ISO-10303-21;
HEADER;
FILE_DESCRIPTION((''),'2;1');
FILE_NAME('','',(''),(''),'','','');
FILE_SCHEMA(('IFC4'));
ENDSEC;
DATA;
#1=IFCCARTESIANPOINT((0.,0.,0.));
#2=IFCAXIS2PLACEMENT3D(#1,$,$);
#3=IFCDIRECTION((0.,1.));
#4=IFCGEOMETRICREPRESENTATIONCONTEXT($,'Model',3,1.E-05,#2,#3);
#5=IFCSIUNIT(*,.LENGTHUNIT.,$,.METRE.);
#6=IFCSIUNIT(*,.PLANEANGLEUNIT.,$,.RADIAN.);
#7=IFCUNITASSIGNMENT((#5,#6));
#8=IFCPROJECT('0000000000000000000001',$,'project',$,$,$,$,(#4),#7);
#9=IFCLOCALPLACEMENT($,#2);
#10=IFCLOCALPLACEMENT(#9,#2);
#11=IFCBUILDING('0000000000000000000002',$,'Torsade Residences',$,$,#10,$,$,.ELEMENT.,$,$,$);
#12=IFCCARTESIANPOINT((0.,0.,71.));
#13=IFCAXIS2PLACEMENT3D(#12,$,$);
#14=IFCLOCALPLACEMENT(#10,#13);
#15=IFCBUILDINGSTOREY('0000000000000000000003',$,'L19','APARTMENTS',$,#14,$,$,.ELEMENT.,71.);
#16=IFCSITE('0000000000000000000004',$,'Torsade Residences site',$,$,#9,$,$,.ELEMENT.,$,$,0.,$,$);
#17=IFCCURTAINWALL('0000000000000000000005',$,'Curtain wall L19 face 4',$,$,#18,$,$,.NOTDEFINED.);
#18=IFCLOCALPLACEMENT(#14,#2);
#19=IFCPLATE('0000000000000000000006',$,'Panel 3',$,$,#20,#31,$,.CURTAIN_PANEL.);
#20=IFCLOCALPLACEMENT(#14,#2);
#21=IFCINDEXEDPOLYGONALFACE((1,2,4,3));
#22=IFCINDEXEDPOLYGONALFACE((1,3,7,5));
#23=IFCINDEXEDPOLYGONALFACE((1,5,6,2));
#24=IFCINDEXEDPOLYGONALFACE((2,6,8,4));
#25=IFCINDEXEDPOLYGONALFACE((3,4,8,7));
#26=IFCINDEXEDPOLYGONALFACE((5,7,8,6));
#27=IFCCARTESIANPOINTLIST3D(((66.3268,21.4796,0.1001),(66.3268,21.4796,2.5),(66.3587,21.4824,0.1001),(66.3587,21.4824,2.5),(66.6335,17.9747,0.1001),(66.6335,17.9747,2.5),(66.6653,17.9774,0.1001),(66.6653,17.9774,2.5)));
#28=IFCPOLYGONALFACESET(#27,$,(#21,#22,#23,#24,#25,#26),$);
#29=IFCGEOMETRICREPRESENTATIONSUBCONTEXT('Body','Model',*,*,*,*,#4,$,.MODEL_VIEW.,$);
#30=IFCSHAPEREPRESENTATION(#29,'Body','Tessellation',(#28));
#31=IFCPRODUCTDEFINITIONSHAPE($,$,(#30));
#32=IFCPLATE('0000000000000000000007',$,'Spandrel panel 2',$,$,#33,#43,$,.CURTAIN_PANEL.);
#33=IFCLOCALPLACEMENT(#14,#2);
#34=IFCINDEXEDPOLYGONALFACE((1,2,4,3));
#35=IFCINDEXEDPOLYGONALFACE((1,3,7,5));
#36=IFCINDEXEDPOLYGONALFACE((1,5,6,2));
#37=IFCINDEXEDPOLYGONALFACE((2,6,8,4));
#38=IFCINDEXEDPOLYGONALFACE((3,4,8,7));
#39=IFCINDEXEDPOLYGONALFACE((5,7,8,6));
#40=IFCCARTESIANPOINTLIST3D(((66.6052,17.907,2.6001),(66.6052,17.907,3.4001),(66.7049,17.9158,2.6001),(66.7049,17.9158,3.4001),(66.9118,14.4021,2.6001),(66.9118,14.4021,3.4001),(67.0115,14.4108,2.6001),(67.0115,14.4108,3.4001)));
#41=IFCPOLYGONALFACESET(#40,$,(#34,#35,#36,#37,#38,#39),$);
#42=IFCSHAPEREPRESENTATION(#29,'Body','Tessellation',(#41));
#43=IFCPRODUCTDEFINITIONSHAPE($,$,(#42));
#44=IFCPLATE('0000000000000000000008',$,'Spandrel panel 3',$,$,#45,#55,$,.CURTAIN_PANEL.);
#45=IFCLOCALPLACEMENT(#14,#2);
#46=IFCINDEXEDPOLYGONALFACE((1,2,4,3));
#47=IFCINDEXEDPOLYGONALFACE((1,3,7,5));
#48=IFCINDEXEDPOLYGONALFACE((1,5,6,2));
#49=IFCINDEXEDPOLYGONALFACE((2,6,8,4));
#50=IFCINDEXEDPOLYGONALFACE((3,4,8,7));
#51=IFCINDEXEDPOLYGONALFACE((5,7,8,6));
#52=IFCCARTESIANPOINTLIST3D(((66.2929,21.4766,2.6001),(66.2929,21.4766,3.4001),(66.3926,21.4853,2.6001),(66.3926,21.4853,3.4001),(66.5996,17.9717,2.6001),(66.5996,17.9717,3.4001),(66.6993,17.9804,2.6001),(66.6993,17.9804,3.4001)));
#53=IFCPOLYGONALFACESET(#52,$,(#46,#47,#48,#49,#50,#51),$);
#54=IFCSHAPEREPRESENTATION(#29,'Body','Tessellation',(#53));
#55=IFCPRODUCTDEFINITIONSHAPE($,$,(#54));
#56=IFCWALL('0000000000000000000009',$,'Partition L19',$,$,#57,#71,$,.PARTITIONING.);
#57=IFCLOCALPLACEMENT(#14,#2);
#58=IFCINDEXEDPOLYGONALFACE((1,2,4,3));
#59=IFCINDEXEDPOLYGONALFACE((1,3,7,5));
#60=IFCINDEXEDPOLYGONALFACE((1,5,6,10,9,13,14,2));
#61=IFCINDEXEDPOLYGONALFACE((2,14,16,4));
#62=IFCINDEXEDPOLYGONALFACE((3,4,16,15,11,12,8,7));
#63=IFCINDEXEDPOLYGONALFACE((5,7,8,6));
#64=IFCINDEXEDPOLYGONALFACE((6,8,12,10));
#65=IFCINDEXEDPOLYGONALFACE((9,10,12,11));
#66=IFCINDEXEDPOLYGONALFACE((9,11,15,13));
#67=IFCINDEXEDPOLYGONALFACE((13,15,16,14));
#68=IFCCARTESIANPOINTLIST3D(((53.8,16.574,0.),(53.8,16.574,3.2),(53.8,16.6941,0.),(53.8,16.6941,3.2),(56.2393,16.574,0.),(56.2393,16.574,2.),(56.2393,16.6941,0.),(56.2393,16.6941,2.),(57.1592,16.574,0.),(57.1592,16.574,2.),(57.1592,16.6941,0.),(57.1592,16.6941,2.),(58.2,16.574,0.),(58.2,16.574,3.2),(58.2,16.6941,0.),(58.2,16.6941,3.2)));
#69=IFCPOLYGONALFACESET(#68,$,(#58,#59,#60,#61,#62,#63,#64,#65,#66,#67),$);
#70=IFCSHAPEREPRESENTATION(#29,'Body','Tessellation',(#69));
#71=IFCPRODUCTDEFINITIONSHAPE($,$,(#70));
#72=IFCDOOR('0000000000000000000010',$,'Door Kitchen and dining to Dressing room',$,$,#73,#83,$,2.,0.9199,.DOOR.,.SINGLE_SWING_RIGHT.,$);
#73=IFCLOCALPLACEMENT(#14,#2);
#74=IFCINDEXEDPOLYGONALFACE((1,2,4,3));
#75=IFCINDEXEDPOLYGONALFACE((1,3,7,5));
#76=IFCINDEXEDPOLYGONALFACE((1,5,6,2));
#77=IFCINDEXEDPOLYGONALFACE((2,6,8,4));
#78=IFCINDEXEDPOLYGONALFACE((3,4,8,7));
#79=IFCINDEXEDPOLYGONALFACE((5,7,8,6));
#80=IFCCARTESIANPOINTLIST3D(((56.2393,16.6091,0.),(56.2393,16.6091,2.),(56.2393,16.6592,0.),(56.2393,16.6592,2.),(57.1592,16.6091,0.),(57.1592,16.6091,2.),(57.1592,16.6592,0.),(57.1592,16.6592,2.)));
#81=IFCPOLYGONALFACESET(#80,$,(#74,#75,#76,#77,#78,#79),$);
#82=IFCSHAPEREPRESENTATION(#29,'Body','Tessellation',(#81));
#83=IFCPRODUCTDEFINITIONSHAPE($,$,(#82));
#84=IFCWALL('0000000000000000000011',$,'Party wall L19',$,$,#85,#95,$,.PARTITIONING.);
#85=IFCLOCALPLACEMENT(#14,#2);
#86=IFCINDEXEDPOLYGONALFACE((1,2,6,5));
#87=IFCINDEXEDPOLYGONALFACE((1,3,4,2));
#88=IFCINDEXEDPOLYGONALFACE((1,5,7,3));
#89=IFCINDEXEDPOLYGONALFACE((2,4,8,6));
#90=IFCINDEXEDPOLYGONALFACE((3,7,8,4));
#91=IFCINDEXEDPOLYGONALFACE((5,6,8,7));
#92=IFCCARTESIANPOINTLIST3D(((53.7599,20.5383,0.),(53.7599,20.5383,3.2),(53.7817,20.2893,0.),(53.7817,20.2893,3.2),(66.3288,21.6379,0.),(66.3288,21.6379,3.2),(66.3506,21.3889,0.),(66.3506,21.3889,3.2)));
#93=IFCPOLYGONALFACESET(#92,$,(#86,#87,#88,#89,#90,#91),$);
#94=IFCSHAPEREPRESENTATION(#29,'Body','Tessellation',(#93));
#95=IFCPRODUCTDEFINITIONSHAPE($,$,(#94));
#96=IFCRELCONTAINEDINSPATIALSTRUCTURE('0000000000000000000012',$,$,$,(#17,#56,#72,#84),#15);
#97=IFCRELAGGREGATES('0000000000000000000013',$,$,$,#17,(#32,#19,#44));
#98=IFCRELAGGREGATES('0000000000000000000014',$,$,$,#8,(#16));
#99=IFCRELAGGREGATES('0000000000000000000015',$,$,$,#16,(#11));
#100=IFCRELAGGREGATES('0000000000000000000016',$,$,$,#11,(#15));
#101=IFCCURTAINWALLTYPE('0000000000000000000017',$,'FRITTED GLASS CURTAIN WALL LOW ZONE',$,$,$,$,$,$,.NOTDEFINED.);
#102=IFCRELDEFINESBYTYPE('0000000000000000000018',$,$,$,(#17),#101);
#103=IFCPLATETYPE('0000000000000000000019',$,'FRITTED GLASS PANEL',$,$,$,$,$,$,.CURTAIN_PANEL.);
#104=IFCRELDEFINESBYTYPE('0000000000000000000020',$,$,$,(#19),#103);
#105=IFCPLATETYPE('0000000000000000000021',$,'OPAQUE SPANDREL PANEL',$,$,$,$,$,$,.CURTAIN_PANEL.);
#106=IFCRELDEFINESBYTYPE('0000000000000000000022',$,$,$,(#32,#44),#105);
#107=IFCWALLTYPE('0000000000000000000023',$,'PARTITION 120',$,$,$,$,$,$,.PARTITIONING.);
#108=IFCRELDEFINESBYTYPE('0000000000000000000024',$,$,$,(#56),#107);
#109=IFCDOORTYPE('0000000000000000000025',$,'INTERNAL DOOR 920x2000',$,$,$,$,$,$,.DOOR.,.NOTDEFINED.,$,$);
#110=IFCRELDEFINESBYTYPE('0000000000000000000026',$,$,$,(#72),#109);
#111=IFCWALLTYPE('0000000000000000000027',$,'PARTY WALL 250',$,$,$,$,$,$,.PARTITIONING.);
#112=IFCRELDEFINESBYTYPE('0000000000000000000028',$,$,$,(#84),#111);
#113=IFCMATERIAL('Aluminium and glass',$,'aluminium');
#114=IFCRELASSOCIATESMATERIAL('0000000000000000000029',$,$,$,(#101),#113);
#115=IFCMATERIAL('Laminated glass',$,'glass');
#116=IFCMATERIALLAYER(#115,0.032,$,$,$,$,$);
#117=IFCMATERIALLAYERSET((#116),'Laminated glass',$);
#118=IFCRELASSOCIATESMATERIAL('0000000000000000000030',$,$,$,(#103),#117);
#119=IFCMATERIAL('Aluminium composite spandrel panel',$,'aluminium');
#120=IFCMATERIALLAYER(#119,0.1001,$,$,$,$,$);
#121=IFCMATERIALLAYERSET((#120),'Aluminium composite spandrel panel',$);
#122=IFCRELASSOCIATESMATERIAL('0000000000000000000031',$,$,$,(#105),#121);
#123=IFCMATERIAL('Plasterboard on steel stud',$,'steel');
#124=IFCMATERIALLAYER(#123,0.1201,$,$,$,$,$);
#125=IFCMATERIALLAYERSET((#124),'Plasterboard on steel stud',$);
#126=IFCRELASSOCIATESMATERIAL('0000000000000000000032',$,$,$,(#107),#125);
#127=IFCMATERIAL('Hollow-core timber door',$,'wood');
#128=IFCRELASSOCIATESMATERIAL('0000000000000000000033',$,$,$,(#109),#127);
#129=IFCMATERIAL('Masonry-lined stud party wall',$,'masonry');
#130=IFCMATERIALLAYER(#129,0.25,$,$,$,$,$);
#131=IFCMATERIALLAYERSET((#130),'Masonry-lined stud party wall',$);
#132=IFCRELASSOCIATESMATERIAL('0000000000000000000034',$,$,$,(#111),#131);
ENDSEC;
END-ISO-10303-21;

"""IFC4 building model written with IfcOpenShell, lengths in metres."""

from ifc_helpers import new_model, si_unit, direction, frame, frame_2d, origin, origin_2d, place, context, subcontext, project, spatial, rectangle, extrude, material, layer, layer_set, type_object, element, fill, aggregate, save


model = new_model("IFC4")

# Units and contexts
model_context = context("Model", 3, precision=1e-05, world=origin(), true_north=direction((0.0, 1.0)))
body_context = subcontext(model_context, "Body", "Model", "MODEL_VIEW")
ifc_project = project(units=[si_unit("LENGTHUNIT", "METRE"), si_unit("PLANEANGLEUNIT", "RADIAN")], contexts=[model_context])

# Site, building, storey
site_placement = place(None, origin())
site = spatial("IfcSite", under=ifc_project, at=site_placement, Name="Torsade Residences site", CompositionType="ELEMENT", RefElevation=0.0)
building_placement = place(site_placement, origin())
building = spatial("IfcBuilding", under=site, at=building_placement, Name="Torsade Residences", CompositionType="ELEMENT")
storey_placement = place(building_placement, frame((0.0, 0.0, 71.0)))
storey = spatial("IfcBuildingStorey", under=building, at=storey_placement, Name="L19", Description="APARTMENTS", CompositionType="ELEMENT", Elevation=71.0)

# Curtain wall
ifc_material_1 = material(Name="Aluminium and glass", Category="aluminium")
curtain_wall_type = type_object("IfcCurtainWallType", Name="FRITTED GLASS CURTAIN WALL LOW ZONE", PredefinedType="NOTDEFINED", material=ifc_material_1)
curtain_wall_placement = place(storey_placement, origin())
curtain_wall = element("IfcCurtainWall", 1, at=curtain_wall_placement, inside=storey, type_object=curtain_wall_type, Name="Curtain wall L19 face 4", PredefinedType="NOTDEFINED")

# Plates
ifc_material_2 = material(Name="Laminated glass", Category="glass")
ifc_layer_1 = layer(ifc_material_2, 0.032)
ifc_layer_set_1 = layer_set([ifc_layer_1], Name="Laminated glass")
plate_type_1 = type_object("IfcPlateType", Name="FRITTED GLASS PANEL", PredefinedType="CURTAIN_PANEL", material=ifc_layer_set_1)
plate_1_placement = place(storey_placement, frame((66.4961, 19.7285, 0.1001), z_axis=(0.0, 0.0, 1.0), x_axis=(-0.087156, 0.996195, 0.0)))
plate_1 = element("IfcPlate", 2, at=plate_1_placement, type_object=plate_type_1, Name="Panel 3", PredefinedType="CURTAIN_PANEL", context=body_context, shape_type="SweptSolid", body=[
    extrude(rectangle(XDim=3.5183, YDim=0.032, at=origin_2d()), origin(), (0.0, 0.0, 1.0), 2.3999),
])
ifc_material_3 = material(Name="Aluminium composite spandrel panel", Category="aluminium")
ifc_layer_2 = layer(ifc_material_3, 0.1001)
ifc_layer_set_2 = layer_set([ifc_layer_2], Name="Aluminium composite spandrel panel")
plate_type_2 = type_object("IfcPlateType", Name="OPAQUE SPANDREL PANEL", PredefinedType="CURTAIN_PANEL", material=ifc_layer_set_2)
plate_2_placement = place(storey_placement, frame((66.8083, 16.1589, 2.6001), z_axis=(0.0, 0.0, 1.0), x_axis=(-0.087156, 0.996195, 0.0)))
plate_2 = element("IfcPlate", 3, at=plate_2_placement, type_object=plate_type_2, Name="Spandrel panel 2", PredefinedType="CURTAIN_PANEL", context=body_context, shape_type="SweptSolid", body=[
    extrude(rectangle(XDim=3.5183, YDim=0.1001, at=origin_2d()), origin(), (0.0, 0.0, 1.0), 0.8),
])
plate_3_placement = place(storey_placement, frame((66.4961, 19.7285, 2.6001), z_axis=(0.0, 0.0, 1.0), x_axis=(-0.087156, 0.996195, 0.0)))
plate_3 = element("IfcPlate", 4, at=plate_3_placement, type_object=plate_type_2, Name="Spandrel panel 3", PredefinedType="CURTAIN_PANEL", context=body_context, shape_type="SweptSolid", body=[
    extrude(rectangle(XDim=3.5183, YDim=0.1001, at=origin_2d()), origin(), (0.0, 0.0, 1.0), 0.8),
])
aggregate(curtain_wall, [plate_2, plate_1, plate_3])

# Wall, opening, door
ifc_material_4 = material(Name="Plasterboard on steel stud", Category="steel")
ifc_layer_3 = layer(ifc_material_4, 0.1201)
ifc_layer_set_3 = layer_set([ifc_layer_3], Name="Plasterboard on steel stud")
wall_type_1 = type_object("IfcWallType", Name="PARTITION 120", PredefinedType="PARTITIONING", material=ifc_layer_set_3)
wall_1_placement = place(storey_placement, frame((58.2, 16.634, 0.0), z_axis=(0.0, 0.0, 1.0), x_axis=(-1.0, 0.0, 0.0)))
wall_1 = element("IfcWall", 5, at=wall_1_placement, inside=storey, type_object=wall_type_1, Name="Partition L19", PredefinedType="PARTITIONING", context=body_context, shape_type="SweptSolid", body=[
    extrude(rectangle(XDim=4.3999, YDim=0.1201, at=frame_2d((2.2, 0.0))), origin(), (0.0, 0.0, 1.0), 3.2),
])
opening_placement = place(wall_1_placement, frame((1.0408, 0.0, 0.0)))
opening = element("IfcOpeningElement", 6, at=opening_placement, cuts=wall_1, PredefinedType="OPENING", context=body_context, shape_type="SweptSolid", body=[
    extrude(rectangle(XDim=0.9199, YDim=2.0, at=frame_2d((0.46, 1.0))), frame((0.0, 0.0701, 0.0), z_axis=(0.0, -1.0, 0.0), x_axis=(1.0, 0.0, 0.0)), (0.0, 0.0, 1.0), 0.1401),
])
ifc_material_5 = material(Name="Hollow-core timber door", Category="wood")
door_type = type_object("IfcDoorType", Name="INTERNAL DOOR 920x2000", OperationType="NOTDEFINED", PredefinedType="DOOR", material=ifc_material_5)
door_placement = place(opening_placement, origin())
door = element("IfcDoor", 7, at=door_placement, inside=storey, type_object=door_type, Name="Door Kitchen and dining to Dressing room", OperationType="SINGLE_SWING_RIGHT", OverallHeight=2.0, OverallWidth=0.9199, PredefinedType="DOOR", context=body_context, shape_type="SweptSolid", body=[
    extrude(rectangle(XDim=0.9199, YDim=2.0, at=frame_2d((0.46, 1.0))), frame((0.0, 0.0249, 0.0), z_axis=(0.0, -1.0, 0.0), x_axis=(1.0, 0.0, 0.0)), (0.0, 0.0, 1.0), 0.05),
])
fill(opening, door)

# Wall
ifc_material_6 = material(Name="Masonry-lined stud party wall", Category="masonry")
ifc_layer_4 = layer(ifc_material_6, 0.25)
ifc_layer_set_4 = layer_set([ifc_layer_4], Name="Masonry-lined stud party wall")
wall_type_2 = type_object("IfcWallType", Name="PARTY WALL 250", PredefinedType="PARTITIONING", material=ifc_layer_set_4)
wall_2_placement = place(storey_placement, frame((66.3398, 21.5134, 0.0), z_axis=(0.0, 0.0, 1.0), x_axis=(-0.996195, -0.087154, 0.0)))
element("IfcWall", 8, at=wall_2_placement, inside=storey, type_object=wall_type_2, Name="Party wall L19", PredefinedType="PARTITIONING", context=body_context, shape_type="SweptSolid", body=[
    extrude(rectangle(XDim=12.6169, YDim=0.25, at=frame_2d((6.3086, 0.0))), origin(), (0.0, 0.0, 1.0), 3.2),
])

save(model, "model.ifc")
